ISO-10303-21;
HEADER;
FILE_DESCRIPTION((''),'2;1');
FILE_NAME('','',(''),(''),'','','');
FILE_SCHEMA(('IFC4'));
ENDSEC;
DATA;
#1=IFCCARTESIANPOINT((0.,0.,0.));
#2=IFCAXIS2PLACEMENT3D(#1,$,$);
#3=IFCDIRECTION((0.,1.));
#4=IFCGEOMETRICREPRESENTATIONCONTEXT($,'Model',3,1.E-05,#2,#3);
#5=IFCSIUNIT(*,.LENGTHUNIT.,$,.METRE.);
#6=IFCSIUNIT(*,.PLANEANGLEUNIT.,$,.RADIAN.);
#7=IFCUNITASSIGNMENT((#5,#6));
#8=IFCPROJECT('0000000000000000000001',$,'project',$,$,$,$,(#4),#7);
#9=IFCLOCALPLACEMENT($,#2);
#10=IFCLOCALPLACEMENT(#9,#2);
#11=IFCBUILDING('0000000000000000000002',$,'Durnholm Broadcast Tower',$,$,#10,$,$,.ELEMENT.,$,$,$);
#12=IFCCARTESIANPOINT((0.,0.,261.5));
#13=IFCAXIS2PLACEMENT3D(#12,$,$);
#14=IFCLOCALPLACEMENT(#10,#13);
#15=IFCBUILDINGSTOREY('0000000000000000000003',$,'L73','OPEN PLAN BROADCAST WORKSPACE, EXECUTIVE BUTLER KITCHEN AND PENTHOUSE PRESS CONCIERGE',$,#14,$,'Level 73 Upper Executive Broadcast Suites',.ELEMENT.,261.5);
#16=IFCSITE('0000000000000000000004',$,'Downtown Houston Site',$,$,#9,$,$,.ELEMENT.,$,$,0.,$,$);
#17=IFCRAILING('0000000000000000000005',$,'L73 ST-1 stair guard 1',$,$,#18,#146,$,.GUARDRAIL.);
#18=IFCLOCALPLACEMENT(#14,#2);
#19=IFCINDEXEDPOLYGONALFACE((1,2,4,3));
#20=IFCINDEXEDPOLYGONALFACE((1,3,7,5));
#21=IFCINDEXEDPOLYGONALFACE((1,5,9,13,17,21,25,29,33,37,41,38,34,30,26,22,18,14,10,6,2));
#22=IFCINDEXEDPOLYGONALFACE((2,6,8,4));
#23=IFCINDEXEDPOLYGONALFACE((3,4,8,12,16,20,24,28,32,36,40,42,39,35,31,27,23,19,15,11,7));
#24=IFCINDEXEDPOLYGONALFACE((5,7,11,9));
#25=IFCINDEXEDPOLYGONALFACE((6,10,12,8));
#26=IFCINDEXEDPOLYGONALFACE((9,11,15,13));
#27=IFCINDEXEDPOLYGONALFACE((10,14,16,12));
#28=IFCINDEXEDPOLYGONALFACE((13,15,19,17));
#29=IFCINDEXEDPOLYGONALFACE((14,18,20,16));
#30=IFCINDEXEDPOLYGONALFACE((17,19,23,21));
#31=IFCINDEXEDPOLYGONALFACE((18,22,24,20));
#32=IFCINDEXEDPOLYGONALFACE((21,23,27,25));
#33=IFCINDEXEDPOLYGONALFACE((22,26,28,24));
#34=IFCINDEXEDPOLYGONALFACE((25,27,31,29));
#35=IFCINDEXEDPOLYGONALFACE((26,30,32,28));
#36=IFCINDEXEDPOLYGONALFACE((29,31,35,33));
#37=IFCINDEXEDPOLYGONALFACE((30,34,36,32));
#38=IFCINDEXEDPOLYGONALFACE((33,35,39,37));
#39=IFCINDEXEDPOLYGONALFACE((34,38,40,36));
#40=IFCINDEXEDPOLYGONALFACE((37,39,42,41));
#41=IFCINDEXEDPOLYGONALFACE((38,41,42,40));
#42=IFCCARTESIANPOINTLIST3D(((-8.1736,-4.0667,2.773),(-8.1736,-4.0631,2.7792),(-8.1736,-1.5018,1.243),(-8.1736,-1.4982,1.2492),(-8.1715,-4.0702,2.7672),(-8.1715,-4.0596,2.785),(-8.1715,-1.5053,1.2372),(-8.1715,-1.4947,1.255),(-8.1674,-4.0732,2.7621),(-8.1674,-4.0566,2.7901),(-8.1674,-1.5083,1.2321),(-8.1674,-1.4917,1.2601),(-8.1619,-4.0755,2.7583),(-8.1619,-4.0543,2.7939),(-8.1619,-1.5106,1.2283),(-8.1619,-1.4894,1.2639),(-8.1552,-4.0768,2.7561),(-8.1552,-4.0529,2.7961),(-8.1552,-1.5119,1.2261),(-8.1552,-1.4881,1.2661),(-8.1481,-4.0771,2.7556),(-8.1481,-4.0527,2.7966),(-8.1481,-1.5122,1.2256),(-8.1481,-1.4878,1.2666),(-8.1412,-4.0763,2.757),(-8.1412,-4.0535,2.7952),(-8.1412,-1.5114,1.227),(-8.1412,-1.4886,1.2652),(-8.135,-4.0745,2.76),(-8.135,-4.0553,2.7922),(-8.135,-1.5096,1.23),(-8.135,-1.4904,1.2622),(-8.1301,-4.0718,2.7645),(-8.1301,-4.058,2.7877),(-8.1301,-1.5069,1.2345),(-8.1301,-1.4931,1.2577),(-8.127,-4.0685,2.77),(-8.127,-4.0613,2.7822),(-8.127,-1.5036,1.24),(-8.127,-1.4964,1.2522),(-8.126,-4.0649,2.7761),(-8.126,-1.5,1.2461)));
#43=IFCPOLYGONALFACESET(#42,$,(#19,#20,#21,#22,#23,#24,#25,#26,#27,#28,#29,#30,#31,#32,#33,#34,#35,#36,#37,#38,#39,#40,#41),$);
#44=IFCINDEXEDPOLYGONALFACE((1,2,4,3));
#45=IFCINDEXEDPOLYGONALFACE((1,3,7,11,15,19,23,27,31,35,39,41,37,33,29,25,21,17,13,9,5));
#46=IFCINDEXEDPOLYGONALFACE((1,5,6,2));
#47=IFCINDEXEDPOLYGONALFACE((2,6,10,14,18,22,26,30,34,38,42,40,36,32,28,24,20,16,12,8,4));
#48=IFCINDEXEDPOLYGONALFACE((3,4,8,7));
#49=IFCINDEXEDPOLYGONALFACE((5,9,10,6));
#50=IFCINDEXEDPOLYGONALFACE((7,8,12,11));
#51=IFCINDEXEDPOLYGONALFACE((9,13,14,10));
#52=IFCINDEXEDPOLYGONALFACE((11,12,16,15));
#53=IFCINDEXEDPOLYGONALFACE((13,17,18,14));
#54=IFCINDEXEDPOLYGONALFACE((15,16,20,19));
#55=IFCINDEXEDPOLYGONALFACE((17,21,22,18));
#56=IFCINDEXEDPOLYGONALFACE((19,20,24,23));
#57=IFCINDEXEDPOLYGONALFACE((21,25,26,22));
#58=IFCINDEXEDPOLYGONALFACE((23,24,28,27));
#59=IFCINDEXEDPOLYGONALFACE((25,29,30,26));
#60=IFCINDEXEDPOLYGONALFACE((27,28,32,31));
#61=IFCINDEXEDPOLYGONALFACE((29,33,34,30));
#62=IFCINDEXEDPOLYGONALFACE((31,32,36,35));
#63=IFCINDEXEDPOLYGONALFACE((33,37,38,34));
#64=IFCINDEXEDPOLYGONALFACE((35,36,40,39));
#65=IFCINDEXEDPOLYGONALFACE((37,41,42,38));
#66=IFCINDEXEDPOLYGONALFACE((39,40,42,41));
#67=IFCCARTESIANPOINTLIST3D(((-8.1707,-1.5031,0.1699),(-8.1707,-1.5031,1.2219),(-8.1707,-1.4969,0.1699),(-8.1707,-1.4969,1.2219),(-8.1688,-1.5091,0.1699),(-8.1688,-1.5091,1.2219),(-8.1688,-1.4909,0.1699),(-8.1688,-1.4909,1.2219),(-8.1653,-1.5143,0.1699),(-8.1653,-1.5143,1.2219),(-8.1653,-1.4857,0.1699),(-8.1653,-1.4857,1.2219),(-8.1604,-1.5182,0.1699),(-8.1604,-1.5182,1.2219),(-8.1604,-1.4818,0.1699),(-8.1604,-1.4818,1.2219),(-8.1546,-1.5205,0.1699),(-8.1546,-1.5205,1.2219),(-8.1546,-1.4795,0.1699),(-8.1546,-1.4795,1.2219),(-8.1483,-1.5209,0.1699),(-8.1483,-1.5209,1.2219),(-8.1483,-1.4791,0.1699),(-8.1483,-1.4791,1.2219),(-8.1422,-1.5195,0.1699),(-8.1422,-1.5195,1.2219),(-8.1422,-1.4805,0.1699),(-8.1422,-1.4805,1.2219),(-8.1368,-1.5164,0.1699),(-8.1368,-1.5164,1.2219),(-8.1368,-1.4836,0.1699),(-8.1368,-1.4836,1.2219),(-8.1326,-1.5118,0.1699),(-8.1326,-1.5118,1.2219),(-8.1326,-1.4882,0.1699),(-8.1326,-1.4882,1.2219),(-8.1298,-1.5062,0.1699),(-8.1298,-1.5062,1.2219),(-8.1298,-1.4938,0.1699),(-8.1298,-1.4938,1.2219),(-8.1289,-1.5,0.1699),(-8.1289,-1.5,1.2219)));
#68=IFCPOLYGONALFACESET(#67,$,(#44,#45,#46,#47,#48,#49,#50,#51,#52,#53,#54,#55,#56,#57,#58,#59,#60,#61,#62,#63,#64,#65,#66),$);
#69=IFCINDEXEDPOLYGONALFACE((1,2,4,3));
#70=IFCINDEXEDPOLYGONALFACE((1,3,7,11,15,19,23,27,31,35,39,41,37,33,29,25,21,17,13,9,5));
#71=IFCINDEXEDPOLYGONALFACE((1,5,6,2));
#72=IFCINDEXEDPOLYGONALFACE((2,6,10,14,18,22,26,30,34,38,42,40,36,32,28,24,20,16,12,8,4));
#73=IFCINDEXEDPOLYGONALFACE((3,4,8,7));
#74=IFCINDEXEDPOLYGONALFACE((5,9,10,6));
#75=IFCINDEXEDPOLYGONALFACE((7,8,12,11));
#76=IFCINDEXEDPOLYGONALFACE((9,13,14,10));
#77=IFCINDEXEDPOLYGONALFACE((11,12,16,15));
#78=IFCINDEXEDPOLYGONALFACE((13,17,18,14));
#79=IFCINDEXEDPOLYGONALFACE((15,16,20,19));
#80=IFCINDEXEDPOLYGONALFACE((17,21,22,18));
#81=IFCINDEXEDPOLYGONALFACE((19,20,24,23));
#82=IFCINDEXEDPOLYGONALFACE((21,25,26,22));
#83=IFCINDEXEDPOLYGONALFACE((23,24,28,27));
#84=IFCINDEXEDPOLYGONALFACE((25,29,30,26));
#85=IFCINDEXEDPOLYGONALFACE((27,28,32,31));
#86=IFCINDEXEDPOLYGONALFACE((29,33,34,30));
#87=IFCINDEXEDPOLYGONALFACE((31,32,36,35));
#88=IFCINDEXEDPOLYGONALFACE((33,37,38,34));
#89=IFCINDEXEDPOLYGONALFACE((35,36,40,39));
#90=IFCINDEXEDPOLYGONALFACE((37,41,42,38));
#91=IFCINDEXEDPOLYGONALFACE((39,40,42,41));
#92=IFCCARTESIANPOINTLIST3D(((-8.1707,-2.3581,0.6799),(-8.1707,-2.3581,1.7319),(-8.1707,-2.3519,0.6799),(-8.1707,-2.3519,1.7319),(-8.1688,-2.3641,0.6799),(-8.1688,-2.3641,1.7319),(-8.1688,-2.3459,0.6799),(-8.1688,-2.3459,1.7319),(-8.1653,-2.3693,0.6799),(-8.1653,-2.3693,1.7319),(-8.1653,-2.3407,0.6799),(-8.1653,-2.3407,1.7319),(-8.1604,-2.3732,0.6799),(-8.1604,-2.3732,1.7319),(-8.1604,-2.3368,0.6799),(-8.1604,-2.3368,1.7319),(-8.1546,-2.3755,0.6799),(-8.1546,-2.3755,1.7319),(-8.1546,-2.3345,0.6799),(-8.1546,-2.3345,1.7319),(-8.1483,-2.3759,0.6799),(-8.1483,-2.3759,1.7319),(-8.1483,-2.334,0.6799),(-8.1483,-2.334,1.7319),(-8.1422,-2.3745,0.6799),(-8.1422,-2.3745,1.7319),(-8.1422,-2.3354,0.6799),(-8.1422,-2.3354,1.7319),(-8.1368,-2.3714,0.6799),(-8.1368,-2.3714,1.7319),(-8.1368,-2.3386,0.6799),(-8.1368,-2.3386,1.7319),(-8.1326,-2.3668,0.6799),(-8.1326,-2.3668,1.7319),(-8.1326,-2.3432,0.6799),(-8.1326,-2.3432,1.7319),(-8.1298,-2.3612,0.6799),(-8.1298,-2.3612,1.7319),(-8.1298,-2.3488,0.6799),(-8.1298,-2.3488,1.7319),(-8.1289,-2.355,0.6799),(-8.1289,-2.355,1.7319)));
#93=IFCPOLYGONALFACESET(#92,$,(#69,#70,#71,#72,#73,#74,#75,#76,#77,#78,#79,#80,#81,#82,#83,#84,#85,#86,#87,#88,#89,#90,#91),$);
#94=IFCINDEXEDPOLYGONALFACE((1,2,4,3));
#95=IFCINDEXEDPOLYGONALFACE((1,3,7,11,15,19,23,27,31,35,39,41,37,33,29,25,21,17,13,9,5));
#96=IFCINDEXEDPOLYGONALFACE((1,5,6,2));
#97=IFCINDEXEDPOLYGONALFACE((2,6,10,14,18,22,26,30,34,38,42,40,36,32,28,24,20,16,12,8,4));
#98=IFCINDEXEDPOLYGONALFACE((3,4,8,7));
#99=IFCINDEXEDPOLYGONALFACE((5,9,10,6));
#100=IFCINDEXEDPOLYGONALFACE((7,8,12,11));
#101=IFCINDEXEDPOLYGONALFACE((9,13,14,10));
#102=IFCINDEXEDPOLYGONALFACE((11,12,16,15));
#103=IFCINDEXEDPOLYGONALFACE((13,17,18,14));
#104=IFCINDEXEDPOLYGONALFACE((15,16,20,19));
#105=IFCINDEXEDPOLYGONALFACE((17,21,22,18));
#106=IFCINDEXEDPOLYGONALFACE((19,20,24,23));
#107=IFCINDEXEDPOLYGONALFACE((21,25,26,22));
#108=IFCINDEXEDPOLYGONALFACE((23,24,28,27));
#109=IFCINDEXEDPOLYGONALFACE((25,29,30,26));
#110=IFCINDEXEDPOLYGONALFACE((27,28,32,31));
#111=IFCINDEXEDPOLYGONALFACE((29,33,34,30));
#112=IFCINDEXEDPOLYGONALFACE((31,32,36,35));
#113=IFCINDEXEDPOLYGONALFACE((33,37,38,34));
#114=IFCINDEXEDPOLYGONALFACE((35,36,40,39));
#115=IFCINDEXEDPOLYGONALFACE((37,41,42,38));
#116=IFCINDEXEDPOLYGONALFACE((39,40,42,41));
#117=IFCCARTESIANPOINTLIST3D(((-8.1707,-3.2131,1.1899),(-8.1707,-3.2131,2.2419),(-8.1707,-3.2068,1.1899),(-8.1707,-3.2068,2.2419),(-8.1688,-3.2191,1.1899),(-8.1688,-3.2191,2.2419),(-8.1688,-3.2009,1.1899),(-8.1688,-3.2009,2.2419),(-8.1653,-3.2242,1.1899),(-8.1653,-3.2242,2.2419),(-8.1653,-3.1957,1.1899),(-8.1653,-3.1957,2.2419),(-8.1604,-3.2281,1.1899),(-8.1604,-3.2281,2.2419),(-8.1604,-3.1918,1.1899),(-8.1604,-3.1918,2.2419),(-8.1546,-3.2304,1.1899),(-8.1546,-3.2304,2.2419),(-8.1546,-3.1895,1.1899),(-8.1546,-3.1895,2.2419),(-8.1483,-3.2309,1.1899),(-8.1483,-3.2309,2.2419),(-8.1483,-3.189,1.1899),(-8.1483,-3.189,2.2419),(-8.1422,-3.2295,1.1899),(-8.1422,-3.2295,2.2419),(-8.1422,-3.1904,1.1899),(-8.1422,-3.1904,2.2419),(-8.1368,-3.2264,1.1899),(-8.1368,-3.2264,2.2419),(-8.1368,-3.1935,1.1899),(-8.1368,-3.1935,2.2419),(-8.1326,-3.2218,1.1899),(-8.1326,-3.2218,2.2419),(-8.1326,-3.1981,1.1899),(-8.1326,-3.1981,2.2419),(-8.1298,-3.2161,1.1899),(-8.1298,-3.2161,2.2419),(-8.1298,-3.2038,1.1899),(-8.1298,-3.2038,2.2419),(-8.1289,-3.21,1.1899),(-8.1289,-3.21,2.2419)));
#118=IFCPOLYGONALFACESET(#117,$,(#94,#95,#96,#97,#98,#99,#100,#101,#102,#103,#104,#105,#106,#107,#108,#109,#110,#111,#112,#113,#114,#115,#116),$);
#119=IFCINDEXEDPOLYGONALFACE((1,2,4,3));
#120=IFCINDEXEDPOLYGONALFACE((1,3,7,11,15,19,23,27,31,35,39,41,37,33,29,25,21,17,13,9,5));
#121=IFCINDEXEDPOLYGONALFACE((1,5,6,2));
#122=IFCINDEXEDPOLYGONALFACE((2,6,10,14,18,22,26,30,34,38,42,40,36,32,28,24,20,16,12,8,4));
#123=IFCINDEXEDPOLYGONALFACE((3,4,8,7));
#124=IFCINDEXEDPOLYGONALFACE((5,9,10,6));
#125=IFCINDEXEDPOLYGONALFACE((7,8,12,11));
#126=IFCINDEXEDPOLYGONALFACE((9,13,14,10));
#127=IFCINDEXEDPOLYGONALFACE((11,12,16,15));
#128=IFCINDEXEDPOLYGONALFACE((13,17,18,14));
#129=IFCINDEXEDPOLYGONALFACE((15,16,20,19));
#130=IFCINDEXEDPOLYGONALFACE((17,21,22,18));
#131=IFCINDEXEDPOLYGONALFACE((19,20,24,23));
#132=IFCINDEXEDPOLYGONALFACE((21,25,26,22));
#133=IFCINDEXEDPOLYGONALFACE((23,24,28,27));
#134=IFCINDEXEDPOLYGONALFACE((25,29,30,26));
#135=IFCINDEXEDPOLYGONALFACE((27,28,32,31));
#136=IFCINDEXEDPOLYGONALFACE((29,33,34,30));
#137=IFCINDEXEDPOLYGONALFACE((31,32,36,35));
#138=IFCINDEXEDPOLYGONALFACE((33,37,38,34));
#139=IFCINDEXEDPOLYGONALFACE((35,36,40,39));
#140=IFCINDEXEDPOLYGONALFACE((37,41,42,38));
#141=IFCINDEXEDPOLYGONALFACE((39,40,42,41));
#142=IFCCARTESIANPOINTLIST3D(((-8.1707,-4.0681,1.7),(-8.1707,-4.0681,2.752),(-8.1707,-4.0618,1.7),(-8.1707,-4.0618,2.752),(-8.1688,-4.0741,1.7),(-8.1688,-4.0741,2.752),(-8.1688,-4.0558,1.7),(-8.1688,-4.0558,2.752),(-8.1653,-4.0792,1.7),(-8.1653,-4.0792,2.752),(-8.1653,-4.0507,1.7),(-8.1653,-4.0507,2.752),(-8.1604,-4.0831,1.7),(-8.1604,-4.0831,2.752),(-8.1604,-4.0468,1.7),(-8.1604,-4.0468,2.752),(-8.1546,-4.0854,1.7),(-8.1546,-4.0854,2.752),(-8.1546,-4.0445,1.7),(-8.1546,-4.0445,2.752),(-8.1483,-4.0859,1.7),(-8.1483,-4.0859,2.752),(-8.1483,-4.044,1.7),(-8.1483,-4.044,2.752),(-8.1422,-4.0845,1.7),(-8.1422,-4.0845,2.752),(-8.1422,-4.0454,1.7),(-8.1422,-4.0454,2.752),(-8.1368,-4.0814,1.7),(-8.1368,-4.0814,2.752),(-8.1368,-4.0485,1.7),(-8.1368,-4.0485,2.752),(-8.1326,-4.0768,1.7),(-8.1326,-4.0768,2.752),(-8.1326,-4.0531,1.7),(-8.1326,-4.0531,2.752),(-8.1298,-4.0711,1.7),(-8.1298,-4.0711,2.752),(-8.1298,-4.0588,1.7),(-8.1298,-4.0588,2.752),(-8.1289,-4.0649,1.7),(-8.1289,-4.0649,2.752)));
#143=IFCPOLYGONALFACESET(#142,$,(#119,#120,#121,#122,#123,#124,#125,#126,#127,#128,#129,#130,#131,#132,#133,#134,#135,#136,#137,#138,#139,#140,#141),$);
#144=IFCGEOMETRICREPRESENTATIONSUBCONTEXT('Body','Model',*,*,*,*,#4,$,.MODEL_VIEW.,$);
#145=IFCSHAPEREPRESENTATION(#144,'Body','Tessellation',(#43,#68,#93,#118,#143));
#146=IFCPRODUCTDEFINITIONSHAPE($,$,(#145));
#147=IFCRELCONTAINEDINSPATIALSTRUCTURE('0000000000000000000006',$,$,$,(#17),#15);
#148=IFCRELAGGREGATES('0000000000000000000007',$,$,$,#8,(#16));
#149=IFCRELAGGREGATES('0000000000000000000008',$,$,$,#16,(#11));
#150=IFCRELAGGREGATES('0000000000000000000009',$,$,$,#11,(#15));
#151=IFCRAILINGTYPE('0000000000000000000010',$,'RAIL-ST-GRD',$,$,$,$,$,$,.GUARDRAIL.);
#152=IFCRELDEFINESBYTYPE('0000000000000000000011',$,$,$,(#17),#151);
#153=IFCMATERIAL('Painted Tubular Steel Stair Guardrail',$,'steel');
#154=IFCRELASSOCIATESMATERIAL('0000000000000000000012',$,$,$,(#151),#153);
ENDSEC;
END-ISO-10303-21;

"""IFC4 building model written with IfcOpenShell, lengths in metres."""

from ifc_helpers import new_model, si_unit, direction, frame, origin, origin_2d, place, context, subcontext, project, spatial, circle, extrude, material, type_object, element, save


model = new_model("IFC4")

# Units and contexts
model_context = context("Model", 3, precision=1e-05, world=origin(), true_north=direction((0.0, 1.0)))
body_context = subcontext(model_context, "Body", "Model", "MODEL_VIEW")
ifc_project = project(units=[si_unit("LENGTHUNIT", "METRE"), si_unit("PLANEANGLEUNIT", "RADIAN")], contexts=[model_context])

# Site, building, storey
site_placement = place(None, origin())
site = spatial("IfcSite", under=ifc_project, at=site_placement, Name="Downtown Houston Site", CompositionType="ELEMENT", RefElevation=0.0)
building_placement = place(site_placement, origin())
building = spatial("IfcBuilding", under=site, at=building_placement, Name="Durnholm Broadcast Tower", CompositionType="ELEMENT")
storey_placement = place(building_placement, frame((0.0, 0.0, 261.5)))
storey = spatial("IfcBuildingStorey", under=building, at=storey_placement, Name="L73", Description="OPEN PLAN BROADCAST WORKSPACE, EXECUTIVE BUTLER KITCHEN AND PENTHOUSE PRESS CONCIERGE", LongName="Level 73 Upper Executive Broadcast Suites", CompositionType="ELEMENT", Elevation=261.5)

# Railing
ifc_material_1 = material(Name="Painted Tubular Steel Stair Guardrail", Category="steel")
railing_type_1 = type_object("IfcRailingType", Name="RAIL-ST-GRD", PredefinedType="GUARDRAIL", material=ifc_material_1)
railing_1_placement = place(storey_placement, frame((-8.1499, -1.5, 0.1699)))
element("IfcRailing", 1, at=railing_1_placement, inside=storey, type_object=railing_type_1, Name="L73 ST-1 stair guard 1", PredefinedType="GUARDRAIL", context=body_context, shape_type="SweptSolid", body=[
    extrude(circle(Radius=0.0239, at=origin_2d()), frame((0.0, 0.0, 1.0762), z_axis=(0.0, -0.85881, 0.512294), x_axis=(1.0, 0.0, 0.0)), (0.0, 0.0, 1.0), 2.9866),
    extrude(circle(Radius=0.021, at=origin_2d()), origin(), (0.0, 0.0, 1.0), 1.052),
    extrude(circle(Radius=0.021, at=origin_2d()), frame((0.0, -0.855, 0.51)), (0.0, 0.0, 1.0), 1.052),
    extrude(circle(Radius=0.021, at=origin_2d()), frame((0.0, -1.71, 1.02)), (0.0, 0.0, 1.0), 1.052),
    extrude(circle(Radius=0.021, at=origin_2d()), frame((0.0, -2.5649, 1.53)), (0.0, 0.0, 1.0), 1.052),
])

save(model, "model.ifc")
